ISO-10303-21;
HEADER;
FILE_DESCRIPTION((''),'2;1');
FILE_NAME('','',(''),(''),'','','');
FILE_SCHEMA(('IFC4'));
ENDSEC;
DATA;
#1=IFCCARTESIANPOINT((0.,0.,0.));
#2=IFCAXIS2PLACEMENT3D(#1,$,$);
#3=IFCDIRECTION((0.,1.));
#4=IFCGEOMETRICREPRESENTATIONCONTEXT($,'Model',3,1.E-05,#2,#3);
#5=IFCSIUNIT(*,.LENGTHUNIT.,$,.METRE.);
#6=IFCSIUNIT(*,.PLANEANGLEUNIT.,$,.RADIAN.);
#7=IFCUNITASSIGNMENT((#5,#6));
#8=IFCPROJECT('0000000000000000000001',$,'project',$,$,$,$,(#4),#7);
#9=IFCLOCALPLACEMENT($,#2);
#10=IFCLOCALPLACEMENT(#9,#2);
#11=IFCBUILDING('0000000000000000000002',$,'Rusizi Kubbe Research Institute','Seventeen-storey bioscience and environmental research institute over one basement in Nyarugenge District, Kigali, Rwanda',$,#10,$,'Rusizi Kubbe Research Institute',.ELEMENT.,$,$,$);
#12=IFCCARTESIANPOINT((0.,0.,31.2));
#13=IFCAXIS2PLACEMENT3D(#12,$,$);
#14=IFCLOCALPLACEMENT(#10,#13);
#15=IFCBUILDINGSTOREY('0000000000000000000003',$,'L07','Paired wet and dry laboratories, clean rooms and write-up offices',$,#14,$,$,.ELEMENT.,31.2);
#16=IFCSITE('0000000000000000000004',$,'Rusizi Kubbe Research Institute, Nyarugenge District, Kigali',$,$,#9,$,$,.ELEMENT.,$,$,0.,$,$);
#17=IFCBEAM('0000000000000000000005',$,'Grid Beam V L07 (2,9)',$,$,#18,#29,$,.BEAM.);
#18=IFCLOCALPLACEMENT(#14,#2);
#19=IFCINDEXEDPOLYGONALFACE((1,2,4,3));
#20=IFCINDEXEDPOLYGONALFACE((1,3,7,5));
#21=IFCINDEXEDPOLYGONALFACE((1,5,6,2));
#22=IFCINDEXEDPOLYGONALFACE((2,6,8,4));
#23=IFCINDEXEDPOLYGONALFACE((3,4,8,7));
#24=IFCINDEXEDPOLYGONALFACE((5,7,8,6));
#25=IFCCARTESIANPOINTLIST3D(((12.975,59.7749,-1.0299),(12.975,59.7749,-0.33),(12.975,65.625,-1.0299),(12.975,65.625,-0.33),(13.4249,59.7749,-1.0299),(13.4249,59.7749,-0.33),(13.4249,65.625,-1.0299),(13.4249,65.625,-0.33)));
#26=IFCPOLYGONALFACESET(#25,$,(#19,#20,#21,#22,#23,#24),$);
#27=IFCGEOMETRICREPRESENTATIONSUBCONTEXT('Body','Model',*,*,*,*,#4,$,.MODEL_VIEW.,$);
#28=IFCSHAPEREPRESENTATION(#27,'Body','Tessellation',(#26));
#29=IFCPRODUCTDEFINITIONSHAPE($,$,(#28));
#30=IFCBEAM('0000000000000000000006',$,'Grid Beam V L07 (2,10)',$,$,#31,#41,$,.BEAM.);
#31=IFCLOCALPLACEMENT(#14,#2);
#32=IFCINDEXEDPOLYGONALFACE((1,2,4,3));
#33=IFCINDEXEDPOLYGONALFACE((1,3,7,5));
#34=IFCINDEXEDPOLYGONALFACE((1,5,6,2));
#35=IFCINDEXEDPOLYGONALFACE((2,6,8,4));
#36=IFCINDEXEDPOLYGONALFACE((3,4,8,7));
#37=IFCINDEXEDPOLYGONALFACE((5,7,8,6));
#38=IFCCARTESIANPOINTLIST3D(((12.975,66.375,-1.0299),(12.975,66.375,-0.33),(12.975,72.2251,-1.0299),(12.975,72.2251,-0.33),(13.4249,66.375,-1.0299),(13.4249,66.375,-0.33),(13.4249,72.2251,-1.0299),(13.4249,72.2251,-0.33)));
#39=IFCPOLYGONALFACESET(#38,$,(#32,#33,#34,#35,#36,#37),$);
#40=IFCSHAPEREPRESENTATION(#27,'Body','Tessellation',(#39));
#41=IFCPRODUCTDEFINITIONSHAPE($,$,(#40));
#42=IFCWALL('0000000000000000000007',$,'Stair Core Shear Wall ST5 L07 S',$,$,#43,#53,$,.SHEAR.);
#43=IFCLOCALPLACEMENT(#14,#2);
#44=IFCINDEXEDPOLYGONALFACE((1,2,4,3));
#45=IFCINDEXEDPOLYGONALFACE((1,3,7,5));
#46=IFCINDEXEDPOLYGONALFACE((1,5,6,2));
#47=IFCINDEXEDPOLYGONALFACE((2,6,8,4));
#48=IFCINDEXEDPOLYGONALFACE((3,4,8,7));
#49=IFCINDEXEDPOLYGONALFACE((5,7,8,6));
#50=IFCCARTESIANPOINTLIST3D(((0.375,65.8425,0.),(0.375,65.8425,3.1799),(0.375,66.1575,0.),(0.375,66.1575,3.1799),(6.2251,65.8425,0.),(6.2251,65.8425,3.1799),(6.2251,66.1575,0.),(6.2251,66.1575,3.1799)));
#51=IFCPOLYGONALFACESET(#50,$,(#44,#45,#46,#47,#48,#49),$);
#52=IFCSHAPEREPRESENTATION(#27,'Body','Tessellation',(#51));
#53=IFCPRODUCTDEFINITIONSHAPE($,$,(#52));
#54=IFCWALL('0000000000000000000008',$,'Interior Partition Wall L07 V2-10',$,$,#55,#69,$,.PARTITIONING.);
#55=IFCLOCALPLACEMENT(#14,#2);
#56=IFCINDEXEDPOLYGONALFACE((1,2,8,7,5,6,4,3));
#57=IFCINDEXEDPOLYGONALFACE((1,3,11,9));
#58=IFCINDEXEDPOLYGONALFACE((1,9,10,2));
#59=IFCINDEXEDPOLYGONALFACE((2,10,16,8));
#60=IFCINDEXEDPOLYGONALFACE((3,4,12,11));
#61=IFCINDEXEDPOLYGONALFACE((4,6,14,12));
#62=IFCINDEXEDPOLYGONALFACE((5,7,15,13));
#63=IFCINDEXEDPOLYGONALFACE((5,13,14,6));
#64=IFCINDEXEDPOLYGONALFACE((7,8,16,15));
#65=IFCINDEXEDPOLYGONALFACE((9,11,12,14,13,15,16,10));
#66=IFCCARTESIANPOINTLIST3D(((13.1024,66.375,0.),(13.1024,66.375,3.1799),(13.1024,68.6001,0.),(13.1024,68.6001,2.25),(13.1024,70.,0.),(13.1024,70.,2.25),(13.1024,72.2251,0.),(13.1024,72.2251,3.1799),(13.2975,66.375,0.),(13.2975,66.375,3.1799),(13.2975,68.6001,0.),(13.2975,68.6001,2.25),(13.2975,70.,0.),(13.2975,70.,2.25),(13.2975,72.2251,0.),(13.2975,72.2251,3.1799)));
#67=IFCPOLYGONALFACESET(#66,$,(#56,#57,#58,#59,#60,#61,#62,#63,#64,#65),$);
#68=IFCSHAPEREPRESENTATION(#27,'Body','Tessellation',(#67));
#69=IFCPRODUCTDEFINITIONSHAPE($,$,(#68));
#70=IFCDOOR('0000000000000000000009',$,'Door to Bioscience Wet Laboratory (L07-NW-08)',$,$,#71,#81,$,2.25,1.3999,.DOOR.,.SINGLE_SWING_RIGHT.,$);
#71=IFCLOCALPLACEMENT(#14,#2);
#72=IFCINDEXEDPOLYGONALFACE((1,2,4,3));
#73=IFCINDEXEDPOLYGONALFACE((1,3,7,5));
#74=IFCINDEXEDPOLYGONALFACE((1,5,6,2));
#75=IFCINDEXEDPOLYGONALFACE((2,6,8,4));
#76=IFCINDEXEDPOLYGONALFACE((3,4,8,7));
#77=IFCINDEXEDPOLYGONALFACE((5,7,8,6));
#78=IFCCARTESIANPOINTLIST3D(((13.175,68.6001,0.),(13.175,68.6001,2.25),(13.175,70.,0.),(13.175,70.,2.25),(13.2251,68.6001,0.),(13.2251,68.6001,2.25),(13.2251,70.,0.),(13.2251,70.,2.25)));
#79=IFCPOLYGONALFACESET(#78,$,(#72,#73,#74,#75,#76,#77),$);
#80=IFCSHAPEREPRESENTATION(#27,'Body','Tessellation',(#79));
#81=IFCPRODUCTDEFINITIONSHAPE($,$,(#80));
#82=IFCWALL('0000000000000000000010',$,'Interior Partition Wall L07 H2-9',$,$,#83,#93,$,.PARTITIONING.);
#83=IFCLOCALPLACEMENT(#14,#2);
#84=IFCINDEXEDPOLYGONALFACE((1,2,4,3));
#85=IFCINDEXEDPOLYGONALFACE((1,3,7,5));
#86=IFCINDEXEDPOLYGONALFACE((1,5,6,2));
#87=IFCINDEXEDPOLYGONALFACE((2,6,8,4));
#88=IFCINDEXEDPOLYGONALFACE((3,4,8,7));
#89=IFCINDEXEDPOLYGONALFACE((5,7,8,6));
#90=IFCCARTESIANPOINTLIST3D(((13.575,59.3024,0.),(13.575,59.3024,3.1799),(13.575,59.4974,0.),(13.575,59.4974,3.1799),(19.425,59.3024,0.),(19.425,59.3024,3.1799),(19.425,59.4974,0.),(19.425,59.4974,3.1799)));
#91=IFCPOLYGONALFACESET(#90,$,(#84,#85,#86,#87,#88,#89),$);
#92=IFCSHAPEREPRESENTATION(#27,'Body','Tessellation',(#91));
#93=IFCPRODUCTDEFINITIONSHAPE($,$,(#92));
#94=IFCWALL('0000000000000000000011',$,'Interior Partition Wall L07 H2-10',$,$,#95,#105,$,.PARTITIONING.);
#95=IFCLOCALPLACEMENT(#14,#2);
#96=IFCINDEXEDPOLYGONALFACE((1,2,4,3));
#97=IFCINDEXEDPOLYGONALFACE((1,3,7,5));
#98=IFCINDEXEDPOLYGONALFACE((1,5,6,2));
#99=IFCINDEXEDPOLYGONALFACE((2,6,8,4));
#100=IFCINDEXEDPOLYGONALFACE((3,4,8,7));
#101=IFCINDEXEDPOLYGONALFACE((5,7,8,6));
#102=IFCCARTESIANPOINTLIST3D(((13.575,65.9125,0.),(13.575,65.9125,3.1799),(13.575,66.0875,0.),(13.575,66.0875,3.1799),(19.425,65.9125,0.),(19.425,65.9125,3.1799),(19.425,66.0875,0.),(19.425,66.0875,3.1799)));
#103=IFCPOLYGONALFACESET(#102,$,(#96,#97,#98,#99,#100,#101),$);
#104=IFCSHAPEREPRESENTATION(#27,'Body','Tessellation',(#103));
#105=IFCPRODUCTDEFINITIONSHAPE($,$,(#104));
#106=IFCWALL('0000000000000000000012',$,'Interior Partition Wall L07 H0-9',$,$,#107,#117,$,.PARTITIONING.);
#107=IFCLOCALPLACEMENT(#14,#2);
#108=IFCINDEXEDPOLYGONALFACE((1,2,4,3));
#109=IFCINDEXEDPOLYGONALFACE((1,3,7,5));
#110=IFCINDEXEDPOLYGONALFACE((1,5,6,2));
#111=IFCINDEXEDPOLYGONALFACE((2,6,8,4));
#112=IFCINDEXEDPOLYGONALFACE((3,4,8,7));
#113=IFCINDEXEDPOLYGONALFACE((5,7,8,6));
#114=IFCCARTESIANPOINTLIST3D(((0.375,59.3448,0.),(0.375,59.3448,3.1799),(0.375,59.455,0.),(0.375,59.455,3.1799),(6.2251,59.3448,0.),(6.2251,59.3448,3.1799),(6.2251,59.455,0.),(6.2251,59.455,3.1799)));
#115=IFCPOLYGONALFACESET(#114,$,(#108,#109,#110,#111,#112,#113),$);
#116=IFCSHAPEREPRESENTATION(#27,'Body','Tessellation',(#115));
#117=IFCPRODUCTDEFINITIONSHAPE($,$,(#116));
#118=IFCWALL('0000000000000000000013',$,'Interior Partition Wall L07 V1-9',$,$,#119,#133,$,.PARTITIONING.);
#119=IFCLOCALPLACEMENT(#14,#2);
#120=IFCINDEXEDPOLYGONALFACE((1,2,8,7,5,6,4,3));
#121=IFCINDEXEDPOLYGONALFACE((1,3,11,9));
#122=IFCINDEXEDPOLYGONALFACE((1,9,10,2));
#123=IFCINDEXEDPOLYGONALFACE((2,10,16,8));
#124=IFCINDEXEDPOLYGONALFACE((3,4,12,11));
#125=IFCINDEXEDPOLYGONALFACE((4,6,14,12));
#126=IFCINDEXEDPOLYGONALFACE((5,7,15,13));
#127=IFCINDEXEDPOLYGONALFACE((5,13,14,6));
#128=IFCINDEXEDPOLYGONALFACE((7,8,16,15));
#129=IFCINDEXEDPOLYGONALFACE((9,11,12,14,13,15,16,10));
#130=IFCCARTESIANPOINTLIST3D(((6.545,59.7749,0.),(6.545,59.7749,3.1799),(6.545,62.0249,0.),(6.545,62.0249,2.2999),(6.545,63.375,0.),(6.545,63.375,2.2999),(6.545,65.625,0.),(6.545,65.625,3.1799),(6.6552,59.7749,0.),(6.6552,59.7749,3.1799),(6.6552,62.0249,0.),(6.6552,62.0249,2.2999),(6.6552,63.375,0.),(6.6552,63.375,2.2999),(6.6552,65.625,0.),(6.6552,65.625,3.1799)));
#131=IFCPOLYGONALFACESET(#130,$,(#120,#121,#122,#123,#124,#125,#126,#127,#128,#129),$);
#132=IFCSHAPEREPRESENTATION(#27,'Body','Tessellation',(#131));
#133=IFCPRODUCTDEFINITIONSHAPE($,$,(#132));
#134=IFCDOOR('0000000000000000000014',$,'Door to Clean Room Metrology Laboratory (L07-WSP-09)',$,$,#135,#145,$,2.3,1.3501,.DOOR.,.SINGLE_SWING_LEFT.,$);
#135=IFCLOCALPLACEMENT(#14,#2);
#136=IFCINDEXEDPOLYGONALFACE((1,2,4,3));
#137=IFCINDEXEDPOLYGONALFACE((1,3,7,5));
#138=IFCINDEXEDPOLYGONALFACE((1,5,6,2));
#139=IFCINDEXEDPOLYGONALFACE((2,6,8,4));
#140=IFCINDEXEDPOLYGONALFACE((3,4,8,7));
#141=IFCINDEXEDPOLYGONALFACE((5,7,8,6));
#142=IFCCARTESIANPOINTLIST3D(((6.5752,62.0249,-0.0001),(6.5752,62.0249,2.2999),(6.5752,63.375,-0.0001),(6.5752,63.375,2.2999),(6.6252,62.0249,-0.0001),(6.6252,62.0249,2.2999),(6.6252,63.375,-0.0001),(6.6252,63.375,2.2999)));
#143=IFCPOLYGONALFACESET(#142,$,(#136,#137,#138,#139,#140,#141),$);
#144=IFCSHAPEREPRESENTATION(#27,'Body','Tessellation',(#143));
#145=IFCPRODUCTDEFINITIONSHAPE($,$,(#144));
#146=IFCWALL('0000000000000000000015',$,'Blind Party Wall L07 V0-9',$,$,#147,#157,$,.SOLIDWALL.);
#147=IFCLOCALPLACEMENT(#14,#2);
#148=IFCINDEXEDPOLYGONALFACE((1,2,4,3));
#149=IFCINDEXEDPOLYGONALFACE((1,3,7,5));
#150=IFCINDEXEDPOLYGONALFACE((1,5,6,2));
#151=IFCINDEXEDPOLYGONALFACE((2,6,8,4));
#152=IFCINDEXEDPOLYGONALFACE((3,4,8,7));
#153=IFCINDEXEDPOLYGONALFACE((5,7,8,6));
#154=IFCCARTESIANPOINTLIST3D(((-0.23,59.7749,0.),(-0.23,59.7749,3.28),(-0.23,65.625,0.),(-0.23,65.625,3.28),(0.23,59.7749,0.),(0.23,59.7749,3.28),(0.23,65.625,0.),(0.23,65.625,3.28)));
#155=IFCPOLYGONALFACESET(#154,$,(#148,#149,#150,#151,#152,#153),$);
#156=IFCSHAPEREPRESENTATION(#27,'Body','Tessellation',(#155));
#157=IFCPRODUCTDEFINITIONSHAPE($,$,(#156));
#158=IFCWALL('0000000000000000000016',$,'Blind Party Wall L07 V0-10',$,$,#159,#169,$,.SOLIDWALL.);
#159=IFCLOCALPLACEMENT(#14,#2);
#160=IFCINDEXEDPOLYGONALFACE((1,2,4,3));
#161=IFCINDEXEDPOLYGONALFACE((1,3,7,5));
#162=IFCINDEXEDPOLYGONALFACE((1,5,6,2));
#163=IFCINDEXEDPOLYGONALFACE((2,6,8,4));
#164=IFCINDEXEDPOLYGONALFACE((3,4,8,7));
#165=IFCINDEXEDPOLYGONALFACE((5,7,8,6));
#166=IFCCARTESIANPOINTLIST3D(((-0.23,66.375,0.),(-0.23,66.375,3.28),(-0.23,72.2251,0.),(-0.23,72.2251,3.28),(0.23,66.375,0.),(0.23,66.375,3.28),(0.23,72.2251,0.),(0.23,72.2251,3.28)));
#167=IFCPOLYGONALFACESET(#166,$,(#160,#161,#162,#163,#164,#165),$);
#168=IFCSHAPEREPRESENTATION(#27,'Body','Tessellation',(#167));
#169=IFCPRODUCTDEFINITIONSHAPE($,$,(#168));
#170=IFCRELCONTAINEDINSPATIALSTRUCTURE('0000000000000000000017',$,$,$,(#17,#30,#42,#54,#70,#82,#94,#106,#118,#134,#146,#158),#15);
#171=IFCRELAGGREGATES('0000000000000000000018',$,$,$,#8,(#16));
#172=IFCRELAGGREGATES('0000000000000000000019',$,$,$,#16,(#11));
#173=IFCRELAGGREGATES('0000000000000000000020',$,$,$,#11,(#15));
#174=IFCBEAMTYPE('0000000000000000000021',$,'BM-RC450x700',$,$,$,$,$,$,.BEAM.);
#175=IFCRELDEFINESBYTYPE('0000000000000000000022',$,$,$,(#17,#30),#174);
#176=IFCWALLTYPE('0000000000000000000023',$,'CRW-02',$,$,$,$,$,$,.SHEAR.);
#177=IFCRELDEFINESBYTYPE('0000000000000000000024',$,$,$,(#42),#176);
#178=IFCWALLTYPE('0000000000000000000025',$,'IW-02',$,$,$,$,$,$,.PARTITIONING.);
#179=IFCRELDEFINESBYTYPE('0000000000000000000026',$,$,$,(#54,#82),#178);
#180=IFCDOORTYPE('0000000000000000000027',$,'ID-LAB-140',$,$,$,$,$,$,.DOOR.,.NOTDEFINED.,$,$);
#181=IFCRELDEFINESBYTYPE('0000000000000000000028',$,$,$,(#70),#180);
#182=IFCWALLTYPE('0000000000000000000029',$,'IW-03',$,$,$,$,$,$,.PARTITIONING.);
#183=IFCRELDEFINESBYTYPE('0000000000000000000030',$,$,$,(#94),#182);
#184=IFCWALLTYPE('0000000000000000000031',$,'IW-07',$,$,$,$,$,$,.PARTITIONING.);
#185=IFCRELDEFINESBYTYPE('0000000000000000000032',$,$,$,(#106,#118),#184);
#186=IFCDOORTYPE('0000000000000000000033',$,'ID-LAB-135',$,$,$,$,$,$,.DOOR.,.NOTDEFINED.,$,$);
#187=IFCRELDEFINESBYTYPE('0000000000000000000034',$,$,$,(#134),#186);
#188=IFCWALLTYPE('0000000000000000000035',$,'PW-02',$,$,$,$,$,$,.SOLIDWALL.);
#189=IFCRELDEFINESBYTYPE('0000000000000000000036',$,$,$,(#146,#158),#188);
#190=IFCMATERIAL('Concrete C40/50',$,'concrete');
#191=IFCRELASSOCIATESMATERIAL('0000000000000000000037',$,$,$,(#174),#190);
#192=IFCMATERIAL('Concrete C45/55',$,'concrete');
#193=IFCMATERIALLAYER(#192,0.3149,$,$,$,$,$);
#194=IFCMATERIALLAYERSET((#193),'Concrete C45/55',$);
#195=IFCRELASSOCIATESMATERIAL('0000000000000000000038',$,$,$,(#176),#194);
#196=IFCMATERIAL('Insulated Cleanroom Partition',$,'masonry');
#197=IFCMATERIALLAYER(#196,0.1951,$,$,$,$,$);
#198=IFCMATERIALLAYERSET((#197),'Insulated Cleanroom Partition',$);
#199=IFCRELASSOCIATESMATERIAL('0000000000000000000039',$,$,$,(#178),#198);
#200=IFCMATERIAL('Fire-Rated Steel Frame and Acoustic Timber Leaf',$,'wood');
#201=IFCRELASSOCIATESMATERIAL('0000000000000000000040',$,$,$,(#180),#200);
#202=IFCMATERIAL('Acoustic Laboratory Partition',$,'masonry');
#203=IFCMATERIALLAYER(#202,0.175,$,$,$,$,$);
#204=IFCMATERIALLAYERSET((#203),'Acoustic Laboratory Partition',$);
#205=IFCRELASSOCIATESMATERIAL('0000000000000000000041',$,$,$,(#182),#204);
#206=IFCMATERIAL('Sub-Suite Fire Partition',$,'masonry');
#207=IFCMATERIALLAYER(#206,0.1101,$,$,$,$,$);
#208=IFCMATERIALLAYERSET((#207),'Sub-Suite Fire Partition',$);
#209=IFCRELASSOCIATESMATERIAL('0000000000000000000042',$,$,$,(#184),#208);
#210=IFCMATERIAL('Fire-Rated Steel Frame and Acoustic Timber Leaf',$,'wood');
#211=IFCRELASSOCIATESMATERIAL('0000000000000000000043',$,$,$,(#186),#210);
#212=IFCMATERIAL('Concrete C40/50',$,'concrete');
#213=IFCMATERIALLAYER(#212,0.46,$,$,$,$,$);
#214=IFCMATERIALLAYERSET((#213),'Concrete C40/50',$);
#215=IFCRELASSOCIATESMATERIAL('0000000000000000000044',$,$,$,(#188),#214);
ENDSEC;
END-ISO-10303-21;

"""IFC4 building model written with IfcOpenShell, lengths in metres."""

from ifc_helpers import new_model, si_unit, direction, frame, frame_2d, origin, origin_2d, place, context, subcontext, project, spatial, rectangle, extrude, material, layer, layer_set, material_profile, profile_set, type_object, element, fill, save


model = new_model("IFC4")

# Units and contexts
model_context = context("Model", 3, precision=1e-05, world=origin(), true_north=direction((0.0, 1.0)))
body_context = subcontext(model_context, "Body", "Model", "MODEL_VIEW")
ifc_project = project(units=[si_unit("LENGTHUNIT", "METRE"), si_unit("PLANEANGLEUNIT", "RADIAN")], contexts=[model_context])

# Site, building, storey
site_placement = place(None, origin())
site = spatial("IfcSite", under=ifc_project, at=site_placement, Name="Rusizi Kubbe Research Institute, Nyarugenge District, Kigali", CompositionType="ELEMENT", RefElevation=0.0)
building_placement = place(site_placement, origin())
building = spatial("IfcBuilding", under=site, at=building_placement, Name="Rusizi Kubbe Research Institute", Description="Seventeen-storey bioscience and environmental research institute over one basement in Nyarugenge District, Kigali, Rwanda", LongName="Rusizi Kubbe Research Institute", CompositionType="ELEMENT")
storey_placement = place(building_placement, frame((0.0, 0.0, 31.2)))
storey = spatial("IfcBuildingStorey", under=building, at=storey_placement, Name="L07", Description="Paired wet and dry laboratories, clean rooms and write-up offices", CompositionType="ELEMENT", Elevation=31.2)

# Beams
ifc_material_1 = material(Name="Concrete C40/50", Category="concrete")
ifc_material_profile_1 = material_profile(ifc_material_1, rectangle(XDim=0.45, YDim=0.7, at=origin_2d()), Name="RC450x700B")
ifc_profile_set_1 = profile_set([ifc_material_profile_1], Name="Concrete C40/50")
beam_type_1 = type_object("IfcBeamType", Name="BM-RC450x700", PredefinedType="BEAM", material=ifc_profile_set_1)
for number, where, z_axis, x_axis, name in (
    (1, (13.2, 59.7749, -0.6799), (0.0, 1.0, 0.0), (-1.0, 0.0, 0.0), "Grid Beam V L07 (2,9)"),
    (2, (13.2, 66.375, -0.6799), (0.0, 1.0, 0.0), (-1.0, 0.0, 0.0), "Grid Beam V L07 (2,10)"),
):
    element("IfcBeam", number, at=place(storey_placement, frame(where, z_axis=z_axis, x_axis=x_axis)), inside=storey, type_object=beam_type_1, Name=name, PredefinedType="BEAM", context=body_context, shape_type="SweptSolid", body=[
        extrude(rectangle(XDim=0.45, YDim=0.7, at=origin_2d()), origin(), (0.0, 0.0, 1.0), 5.8501),
    ])

# Wall
ifc_material_2 = material(Name="Concrete C45/55", Category="concrete")
ifc_layer_1 = layer(ifc_material_2, 0.3149)
ifc_layer_set_1 = layer_set([ifc_layer_1], Name="Concrete C45/55")
wall_type_1 = type_object("IfcWallType", Name="CRW-02", PredefinedType="SHEAR", material=ifc_layer_set_1)
wall_1_placement = place(storey_placement, frame((0.375, 66.0, 0.0), z_axis=(0.0, 0.0, 1.0), x_axis=(1.0, 0.0, 0.0)))
element("IfcWall", 3, at=wall_1_placement, inside=storey, type_object=wall_type_1, Name="Stair Core Shear Wall ST5 L07 S", PredefinedType="SHEAR", context=body_context, shape_type="SweptSolid", body=[
    extrude(rectangle(XDim=5.8501, YDim=0.3149, at=frame_2d((2.925, 0.0))), origin(), (0.0, 0.0, 1.0), 3.1799),
])

# Wall, opening, door
ifc_material_3 = material(Name="Insulated Cleanroom Partition", Category="masonry")
ifc_layer_2 = layer(ifc_material_3, 0.1951)
ifc_layer_set_2 = layer_set([ifc_layer_2], Name="Insulated Cleanroom Partition")
wall_type_2 = type_object("IfcWallType", Name="IW-02", PredefinedType="PARTITIONING", material=ifc_layer_set_2)
wall_2_placement = place(storey_placement, frame((13.2, 66.375, 0.0), z_axis=(0.0, 0.0, 1.0), x_axis=(0.0, 1.0, 0.0)))
wall_2 = element("IfcWall", 4, at=wall_2_placement, inside=storey, type_object=wall_type_2, Name="Interior Partition Wall L07 V2-10", PredefinedType="PARTITIONING", context=body_context, shape_type="SweptSolid", body=[
    extrude(rectangle(XDim=5.8501, YDim=0.1951, at=frame_2d((2.925, 0.0))), origin(), (0.0, 0.0, 1.0), 3.1799),
])
opening_1_placement = place(wall_2_placement, frame((2.2251, 0.0, 0.0)))
opening_1 = element("IfcOpeningElement", 5, at=opening_1_placement, cuts=wall_2, PredefinedType="OPENING", context=body_context, shape_type="SweptSolid", body=[
    extrude(rectangle(XDim=1.3999, YDim=2.25, at=frame_2d((0.7, 1.125))), frame((0.0, 0.1074, 0.0), z_axis=(0.0, -1.0, 0.0), x_axis=(1.0, 0.0, 0.0)), (0.0, 0.0, 1.0), 0.2151),
])
ifc_material_4 = material(Name="Fire-Rated Steel Frame and Acoustic Timber Leaf", Category="wood")
door_type_1 = type_object("IfcDoorType", Name="ID-LAB-140", OperationType="NOTDEFINED", PredefinedType="DOOR", material=ifc_material_4)
door_1_placement = place(opening_1_placement, origin())
door_1 = element("IfcDoor", 6, at=door_1_placement, inside=storey, type_object=door_type_1, Name="Door to Bioscience Wet Laboratory (L07-NW-08)", OperationType="SINGLE_SWING_RIGHT", OverallHeight=2.25, OverallWidth=1.3999, PredefinedType="DOOR", context=body_context, shape_type="SweptSolid", body=[
    extrude(rectangle(XDim=1.3999, YDim=2.25, at=frame_2d((0.7, 1.125))), frame((0.0, 0.0249, 0.0), z_axis=(0.0, -1.0, 0.0), x_axis=(1.0, 0.0, 0.0)), (0.0, 0.0, 1.0), 0.05),
])
fill(opening_1, door_1)

# Walls
wall_3_placement = place(storey_placement, frame((13.575, 59.3999, 0.0), z_axis=(0.0, 0.0, 1.0), x_axis=(1.0, 0.0, 0.0)))
element("IfcWall", 7, at=wall_3_placement, inside=storey, type_object=wall_type_2, Name="Interior Partition Wall L07 H2-9", PredefinedType="PARTITIONING", context=body_context, shape_type="SweptSolid", body=[
    extrude(rectangle(XDim=5.8501, YDim=0.1951, at=frame_2d((2.925, 0.0))), origin(), (0.0, 0.0, 1.0), 3.1799),
])
ifc_material_5 = material(Name="Acoustic Laboratory Partition", Category="masonry")
ifc_layer_3 = layer(ifc_material_5, 0.175)
ifc_layer_set_3 = layer_set([ifc_layer_3], Name="Acoustic Laboratory Partition")
wall_type_3 = type_object("IfcWallType", Name="IW-03", PredefinedType="PARTITIONING", material=ifc_layer_set_3)
wall_4_placement = place(storey_placement, frame((13.575, 66.0, 0.0), z_axis=(0.0, 0.0, 1.0), x_axis=(1.0, 0.0, 0.0)))
element("IfcWall", 8, at=wall_4_placement, inside=storey, type_object=wall_type_3, Name="Interior Partition Wall L07 H2-10", PredefinedType="PARTITIONING", context=body_context, shape_type="SweptSolid", body=[
    extrude(rectangle(XDim=5.8501, YDim=0.175, at=frame_2d((2.925, 0.0))), origin(), (0.0, 0.0, 1.0), 3.1799),
])
ifc_material_6 = material(Name="Sub-Suite Fire Partition", Category="masonry")
ifc_layer_4 = layer(ifc_material_6, 0.1101)
ifc_layer_set_4 = layer_set([ifc_layer_4], Name="Sub-Suite Fire Partition")
wall_type_4 = type_object("IfcWallType", Name="IW-07", PredefinedType="PARTITIONING", material=ifc_layer_set_4)
wall_5_placement = place(storey_placement, frame((0.375, 59.3999, 0.0), z_axis=(0.0, 0.0, 1.0), x_axis=(1.0, 0.0, 0.0)))
element("IfcWall", 9, at=wall_5_placement, inside=storey, type_object=wall_type_4, Name="Interior Partition Wall L07 H0-9", PredefinedType="PARTITIONING", context=body_context, shape_type="SweptSolid", body=[
    extrude(rectangle(XDim=5.8501, YDim=0.1101, at=frame_2d((2.925, 0.0))), origin(), (0.0, 0.0, 1.0), 3.1799),
])

# Wall, opening, door
wall_6_placement = place(storey_placement, frame((6.6001, 59.7749, 0.0), z_axis=(0.0, 0.0, 1.0), x_axis=(0.0, 1.0, 0.0)))
wall_6 = element("IfcWall", 10, at=wall_6_placement, inside=storey, type_object=wall_type_4, Name="Interior Partition Wall L07 V1-9", PredefinedType="PARTITIONING", context=body_context, shape_type="SweptSolid", body=[
    extrude(rectangle(XDim=5.8501, YDim=0.1101, at=frame_2d((2.925, 0.0))), origin(), (0.0, 0.0, 1.0), 3.1799),
])
opening_2_placement = place(wall_6_placement, frame((2.25, 0.0, 0.0)))
opening_2 = element("IfcOpeningElement", 11, at=opening_2_placement, cuts=wall_6, PredefinedType="OPENING", context=body_context, shape_type="SweptSolid", body=[
    extrude(rectangle(XDim=1.3501, YDim=2.3, at=frame_2d((0.675, 1.1499))), frame((0.0, 0.0649, 0.0), z_axis=(0.0, -1.0, 0.0), x_axis=(1.0, 0.0, 0.0)), (0.0, 0.0, 1.0), 0.1301),
])
ifc_material_7 = material(Name="Fire-Rated Steel Frame and Acoustic Timber Leaf", Category="wood")
door_type_2 = type_object("IfcDoorType", Name="ID-LAB-135", OperationType="NOTDEFINED", PredefinedType="DOOR", material=ifc_material_7)
door_2_placement = place(opening_2_placement, origin())
door_2 = element("IfcDoor", 12, at=door_2_placement, inside=storey, type_object=door_type_2, Name="Door to Clean Room Metrology Laboratory (L07-WSP-09)", OperationType="SINGLE_SWING_LEFT", OverallHeight=2.3, OverallWidth=1.3501, PredefinedType="DOOR", context=body_context, shape_type="SweptSolid", body=[
    extrude(rectangle(XDim=1.3501, YDim=2.3, at=frame_2d((0.675, 1.1499))), frame((0.0, 0.0249, 0.0), z_axis=(0.0, -1.0, 0.0), x_axis=(1.0, 0.0, 0.0)), (0.0, 0.0, 1.0), 0.05),
])
fill(opening_2, door_2)

# Walls
ifc_material_8 = material(Name="Concrete C40/50", Category="concrete")
ifc_layer_5 = layer(ifc_material_8, 0.46)
ifc_layer_set_5 = layer_set([ifc_layer_5], Name="Concrete C40/50")
wall_type_5 = type_object("IfcWallType", Name="PW-02", PredefinedType="SOLIDWALL", material=ifc_layer_set_5)
for number, where, z_axis, x_axis, name in (
    (13, (0.0, 59.7749, 0.0), (0.0, 0.0, 1.0), (0.0, 1.0, 0.0), "Blind Party Wall L07 V0-9"),
    (14, (0.0, 66.375, 0.0), (0.0, 0.0, 1.0), (0.0, 1.0, 0.0), "Blind Party Wall L07 V0-10"),
):
    element("IfcWall", number, at=place(storey_placement, frame(where, z_axis=z_axis, x_axis=x_axis)), inside=storey, type_object=wall_type_5, Name=name, PredefinedType="SOLIDWALL", context=body_context, shape_type="SweptSolid", body=[
        extrude(rectangle(XDim=5.8501, YDim=0.46, at=frame_2d((2.925, 0.0))), origin(), (0.0, 0.0, 1.0), 3.28),
    ])

save(model, "model.ifc")
